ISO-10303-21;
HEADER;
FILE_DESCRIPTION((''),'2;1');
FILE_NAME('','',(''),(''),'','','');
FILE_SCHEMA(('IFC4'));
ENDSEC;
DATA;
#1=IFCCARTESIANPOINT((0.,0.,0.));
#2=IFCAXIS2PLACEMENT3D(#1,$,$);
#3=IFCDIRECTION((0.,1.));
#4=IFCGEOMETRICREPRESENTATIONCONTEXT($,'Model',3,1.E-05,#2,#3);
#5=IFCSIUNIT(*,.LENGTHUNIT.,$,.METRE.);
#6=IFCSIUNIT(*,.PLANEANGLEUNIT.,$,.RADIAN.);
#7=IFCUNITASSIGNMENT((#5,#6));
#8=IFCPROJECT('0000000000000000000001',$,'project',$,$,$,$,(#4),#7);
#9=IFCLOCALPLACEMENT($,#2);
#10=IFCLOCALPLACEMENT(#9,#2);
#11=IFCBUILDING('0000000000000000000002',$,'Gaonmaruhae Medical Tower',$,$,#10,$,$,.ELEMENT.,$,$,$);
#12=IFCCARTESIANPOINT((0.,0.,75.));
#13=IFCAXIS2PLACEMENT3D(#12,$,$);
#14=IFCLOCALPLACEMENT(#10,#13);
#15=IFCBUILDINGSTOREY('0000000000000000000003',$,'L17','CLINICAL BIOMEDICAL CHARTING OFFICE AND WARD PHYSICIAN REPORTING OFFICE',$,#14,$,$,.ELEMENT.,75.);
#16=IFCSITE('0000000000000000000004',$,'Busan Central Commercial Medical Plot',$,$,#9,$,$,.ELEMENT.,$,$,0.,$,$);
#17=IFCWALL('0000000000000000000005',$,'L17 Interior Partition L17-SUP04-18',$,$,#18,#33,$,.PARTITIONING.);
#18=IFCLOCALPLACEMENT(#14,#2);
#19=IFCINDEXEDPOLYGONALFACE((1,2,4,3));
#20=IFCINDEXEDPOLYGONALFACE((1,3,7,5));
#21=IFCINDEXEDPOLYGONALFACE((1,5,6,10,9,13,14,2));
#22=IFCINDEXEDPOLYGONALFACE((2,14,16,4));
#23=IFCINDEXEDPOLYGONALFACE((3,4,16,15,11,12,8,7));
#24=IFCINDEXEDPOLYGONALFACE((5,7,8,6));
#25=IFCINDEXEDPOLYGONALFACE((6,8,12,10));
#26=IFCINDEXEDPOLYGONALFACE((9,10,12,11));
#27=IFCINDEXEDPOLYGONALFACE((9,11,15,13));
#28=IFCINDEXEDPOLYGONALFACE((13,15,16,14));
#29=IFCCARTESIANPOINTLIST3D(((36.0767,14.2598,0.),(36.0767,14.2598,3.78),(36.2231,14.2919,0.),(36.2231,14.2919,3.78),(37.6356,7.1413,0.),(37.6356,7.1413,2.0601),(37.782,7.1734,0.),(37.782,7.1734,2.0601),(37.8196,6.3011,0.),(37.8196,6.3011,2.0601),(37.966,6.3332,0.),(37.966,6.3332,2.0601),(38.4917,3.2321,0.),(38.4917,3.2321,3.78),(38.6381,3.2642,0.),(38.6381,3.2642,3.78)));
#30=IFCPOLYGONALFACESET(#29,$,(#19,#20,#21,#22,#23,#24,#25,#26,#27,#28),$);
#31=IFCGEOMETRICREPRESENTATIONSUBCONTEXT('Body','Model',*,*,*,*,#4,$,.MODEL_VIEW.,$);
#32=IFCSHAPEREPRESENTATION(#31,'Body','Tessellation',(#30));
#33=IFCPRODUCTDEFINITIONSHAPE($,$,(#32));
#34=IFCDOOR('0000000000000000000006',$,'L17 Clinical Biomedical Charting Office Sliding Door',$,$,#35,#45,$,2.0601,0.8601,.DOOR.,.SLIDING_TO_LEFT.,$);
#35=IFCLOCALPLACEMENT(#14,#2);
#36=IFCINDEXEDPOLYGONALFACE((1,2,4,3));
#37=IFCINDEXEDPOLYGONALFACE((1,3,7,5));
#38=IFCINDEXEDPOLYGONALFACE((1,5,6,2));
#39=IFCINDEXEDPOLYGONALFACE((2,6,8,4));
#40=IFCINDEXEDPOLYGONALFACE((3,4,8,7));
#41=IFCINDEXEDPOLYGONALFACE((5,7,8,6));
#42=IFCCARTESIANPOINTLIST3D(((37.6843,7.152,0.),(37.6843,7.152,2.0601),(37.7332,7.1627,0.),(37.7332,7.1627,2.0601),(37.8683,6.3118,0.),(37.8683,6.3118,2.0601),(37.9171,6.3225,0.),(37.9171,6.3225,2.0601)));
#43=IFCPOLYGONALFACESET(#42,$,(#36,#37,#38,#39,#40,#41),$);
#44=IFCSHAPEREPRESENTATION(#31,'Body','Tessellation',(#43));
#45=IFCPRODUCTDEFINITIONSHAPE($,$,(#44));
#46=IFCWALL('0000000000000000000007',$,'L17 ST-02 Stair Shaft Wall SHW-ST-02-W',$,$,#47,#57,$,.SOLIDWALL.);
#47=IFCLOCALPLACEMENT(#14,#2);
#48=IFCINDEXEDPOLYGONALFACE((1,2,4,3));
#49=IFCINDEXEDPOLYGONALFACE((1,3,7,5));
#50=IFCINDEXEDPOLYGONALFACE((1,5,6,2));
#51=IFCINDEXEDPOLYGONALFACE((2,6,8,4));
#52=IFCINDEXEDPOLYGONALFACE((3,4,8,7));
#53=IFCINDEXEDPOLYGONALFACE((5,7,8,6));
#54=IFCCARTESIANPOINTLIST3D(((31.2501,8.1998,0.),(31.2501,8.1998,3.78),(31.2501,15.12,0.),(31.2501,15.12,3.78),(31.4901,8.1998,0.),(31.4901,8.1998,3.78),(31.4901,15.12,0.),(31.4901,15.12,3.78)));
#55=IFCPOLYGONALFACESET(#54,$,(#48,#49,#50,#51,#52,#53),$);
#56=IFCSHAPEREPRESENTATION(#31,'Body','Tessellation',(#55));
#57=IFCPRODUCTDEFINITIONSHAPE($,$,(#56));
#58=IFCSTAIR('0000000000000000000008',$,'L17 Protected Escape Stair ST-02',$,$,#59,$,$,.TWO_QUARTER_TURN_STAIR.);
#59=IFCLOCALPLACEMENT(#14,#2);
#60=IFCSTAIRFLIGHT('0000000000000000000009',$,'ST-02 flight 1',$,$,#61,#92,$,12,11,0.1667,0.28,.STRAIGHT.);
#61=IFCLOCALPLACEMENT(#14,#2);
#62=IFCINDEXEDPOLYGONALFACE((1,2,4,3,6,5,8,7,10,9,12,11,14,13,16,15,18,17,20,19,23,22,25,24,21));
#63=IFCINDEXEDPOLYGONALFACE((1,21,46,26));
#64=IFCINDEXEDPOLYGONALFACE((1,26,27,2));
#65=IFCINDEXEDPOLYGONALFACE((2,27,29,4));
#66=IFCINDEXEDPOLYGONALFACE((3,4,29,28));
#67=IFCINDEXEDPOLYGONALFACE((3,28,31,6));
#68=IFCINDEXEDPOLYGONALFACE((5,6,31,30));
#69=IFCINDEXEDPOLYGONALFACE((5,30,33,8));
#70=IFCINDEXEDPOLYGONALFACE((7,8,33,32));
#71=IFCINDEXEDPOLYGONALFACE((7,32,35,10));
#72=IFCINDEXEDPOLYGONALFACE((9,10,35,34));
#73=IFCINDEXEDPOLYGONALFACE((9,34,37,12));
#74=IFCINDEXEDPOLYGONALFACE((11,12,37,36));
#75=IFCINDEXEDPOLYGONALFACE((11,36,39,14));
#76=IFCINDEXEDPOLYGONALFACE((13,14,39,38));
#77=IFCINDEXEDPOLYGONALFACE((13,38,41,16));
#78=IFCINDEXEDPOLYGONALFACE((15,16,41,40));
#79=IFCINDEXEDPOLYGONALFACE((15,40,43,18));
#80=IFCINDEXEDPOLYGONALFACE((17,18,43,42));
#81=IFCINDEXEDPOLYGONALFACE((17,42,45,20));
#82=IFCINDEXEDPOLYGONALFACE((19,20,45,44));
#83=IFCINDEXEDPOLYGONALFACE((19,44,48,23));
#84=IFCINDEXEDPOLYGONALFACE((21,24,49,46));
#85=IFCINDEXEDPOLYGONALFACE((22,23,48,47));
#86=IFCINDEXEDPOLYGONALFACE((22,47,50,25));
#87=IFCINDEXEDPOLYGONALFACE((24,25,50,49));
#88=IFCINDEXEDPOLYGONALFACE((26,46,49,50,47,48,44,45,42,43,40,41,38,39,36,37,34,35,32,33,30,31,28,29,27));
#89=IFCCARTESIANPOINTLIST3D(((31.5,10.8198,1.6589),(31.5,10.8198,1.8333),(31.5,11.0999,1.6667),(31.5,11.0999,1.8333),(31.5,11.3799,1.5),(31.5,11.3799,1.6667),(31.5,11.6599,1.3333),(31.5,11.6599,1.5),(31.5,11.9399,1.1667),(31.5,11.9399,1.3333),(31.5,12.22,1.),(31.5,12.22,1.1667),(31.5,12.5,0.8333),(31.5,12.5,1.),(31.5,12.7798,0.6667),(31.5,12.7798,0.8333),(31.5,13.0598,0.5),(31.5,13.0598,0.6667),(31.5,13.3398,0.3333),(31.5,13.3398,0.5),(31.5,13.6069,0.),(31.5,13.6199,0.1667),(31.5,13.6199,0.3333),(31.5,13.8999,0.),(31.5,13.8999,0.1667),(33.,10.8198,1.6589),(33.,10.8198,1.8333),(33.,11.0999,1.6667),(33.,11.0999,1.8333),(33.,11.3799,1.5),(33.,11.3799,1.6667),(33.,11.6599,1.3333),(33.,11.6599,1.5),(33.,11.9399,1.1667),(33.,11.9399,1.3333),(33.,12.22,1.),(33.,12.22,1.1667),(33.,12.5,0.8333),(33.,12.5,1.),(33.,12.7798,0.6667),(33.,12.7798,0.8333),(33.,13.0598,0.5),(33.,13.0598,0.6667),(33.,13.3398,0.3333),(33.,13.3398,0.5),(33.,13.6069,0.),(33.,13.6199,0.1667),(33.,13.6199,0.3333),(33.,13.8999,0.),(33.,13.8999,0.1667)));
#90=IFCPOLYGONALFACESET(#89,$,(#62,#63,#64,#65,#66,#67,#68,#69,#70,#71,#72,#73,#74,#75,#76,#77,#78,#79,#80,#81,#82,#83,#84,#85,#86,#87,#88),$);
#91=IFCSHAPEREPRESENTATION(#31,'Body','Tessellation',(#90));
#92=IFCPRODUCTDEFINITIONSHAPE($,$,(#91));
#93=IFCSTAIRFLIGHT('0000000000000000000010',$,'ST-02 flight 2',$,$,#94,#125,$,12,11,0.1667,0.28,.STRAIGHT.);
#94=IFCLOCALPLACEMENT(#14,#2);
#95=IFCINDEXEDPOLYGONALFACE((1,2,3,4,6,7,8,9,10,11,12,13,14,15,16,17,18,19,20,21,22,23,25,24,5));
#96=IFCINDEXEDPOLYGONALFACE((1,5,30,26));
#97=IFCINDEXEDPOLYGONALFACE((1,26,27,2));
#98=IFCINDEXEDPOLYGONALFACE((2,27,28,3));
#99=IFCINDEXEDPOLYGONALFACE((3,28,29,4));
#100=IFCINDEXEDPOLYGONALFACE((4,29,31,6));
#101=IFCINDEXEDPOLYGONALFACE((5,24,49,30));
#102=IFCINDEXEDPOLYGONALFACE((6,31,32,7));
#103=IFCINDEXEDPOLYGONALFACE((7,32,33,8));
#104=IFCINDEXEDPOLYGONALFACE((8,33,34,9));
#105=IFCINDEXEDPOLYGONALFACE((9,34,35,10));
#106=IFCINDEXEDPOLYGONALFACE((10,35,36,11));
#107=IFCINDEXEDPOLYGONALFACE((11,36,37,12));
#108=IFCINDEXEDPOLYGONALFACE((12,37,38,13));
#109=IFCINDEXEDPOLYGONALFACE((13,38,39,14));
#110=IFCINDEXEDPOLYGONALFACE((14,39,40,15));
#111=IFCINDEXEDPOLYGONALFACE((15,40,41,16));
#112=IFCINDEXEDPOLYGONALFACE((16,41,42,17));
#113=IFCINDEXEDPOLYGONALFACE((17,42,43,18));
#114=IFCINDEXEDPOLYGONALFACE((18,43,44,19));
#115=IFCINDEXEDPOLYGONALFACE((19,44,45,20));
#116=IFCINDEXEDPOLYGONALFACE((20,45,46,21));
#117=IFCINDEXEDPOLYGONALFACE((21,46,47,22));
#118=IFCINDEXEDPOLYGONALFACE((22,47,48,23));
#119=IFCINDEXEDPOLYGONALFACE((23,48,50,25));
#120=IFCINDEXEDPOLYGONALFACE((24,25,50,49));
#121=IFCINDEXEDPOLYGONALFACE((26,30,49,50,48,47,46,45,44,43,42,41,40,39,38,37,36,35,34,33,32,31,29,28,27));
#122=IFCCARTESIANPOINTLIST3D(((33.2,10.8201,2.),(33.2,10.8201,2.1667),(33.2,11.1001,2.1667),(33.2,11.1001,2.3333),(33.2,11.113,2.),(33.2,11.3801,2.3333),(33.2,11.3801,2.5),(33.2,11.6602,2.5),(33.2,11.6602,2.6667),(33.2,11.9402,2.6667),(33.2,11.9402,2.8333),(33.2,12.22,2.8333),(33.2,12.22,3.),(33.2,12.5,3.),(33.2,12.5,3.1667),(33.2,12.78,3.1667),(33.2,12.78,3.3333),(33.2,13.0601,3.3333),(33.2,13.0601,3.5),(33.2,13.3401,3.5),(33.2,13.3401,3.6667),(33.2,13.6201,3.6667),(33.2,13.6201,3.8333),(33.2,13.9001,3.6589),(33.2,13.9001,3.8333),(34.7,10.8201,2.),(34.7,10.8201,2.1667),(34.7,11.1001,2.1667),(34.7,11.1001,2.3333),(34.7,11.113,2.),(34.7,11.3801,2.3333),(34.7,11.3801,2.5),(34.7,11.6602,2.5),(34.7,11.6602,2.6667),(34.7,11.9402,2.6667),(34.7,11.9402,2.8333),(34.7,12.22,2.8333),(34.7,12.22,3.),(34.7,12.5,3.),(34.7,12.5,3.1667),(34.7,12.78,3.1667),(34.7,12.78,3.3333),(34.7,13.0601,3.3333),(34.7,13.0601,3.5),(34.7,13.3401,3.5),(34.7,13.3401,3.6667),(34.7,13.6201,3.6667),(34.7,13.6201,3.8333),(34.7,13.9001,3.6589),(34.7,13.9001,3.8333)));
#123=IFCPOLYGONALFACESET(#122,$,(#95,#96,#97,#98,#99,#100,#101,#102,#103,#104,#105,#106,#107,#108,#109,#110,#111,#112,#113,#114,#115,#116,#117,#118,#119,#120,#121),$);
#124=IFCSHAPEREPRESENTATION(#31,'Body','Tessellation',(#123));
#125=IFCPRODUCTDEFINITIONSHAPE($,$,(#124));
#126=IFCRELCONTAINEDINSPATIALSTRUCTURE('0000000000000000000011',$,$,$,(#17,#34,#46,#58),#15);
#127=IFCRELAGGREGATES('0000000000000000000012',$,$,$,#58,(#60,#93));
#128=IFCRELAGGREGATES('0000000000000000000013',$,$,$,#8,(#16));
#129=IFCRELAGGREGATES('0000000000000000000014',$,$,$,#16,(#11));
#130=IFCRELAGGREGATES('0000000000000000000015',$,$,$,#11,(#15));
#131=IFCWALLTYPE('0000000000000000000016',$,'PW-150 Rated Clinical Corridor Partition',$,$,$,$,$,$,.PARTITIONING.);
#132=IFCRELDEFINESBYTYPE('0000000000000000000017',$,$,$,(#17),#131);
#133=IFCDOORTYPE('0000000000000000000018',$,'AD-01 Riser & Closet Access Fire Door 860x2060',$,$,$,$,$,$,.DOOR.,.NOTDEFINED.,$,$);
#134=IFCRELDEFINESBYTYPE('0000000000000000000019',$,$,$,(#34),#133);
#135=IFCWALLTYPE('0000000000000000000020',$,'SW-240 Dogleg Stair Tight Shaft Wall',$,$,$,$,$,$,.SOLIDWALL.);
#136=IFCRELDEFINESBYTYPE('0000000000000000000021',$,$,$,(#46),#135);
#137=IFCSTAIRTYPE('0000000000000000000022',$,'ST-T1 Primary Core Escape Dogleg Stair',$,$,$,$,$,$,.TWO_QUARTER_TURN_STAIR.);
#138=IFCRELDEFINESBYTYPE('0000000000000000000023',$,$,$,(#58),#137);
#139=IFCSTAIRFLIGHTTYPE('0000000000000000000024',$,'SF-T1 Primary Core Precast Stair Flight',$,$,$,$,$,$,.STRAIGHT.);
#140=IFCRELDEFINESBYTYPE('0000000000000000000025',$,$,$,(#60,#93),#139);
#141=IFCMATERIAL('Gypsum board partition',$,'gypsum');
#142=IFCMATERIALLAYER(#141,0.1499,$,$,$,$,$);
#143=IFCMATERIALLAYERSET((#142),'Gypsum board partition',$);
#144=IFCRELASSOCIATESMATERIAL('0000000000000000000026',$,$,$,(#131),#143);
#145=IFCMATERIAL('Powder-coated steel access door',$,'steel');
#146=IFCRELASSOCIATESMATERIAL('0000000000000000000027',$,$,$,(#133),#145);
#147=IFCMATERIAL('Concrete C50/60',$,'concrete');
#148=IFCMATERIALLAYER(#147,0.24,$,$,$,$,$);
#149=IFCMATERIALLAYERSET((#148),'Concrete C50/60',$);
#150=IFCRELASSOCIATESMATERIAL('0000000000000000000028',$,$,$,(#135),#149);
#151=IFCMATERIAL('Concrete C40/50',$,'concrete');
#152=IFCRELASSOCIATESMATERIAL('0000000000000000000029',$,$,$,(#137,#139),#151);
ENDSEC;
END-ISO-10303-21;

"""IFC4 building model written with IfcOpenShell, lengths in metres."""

from ifc_helpers import new_model, si_unit, direction, frame, frame_2d, origin, place, context, subcontext, project, spatial, polyline, rectangle, outline, extrude, material, layer, layer_set, type_object, element, fill, aggregate, save


model = new_model("IFC4")

# Units and contexts
model_context = context("Model", 3, precision=1e-05, world=origin(), true_north=direction((0.0, 1.0)))
body_context = subcontext(model_context, "Body", "Model", "MODEL_VIEW")
ifc_project = project(units=[si_unit("LENGTHUNIT", "METRE"), si_unit("PLANEANGLEUNIT", "RADIAN")], contexts=[model_context])

# Site, building, storey
site_placement = place(None, origin())
site = spatial("IfcSite", under=ifc_project, at=site_placement, Name="Busan Central Commercial Medical Plot", CompositionType="ELEMENT", RefElevation=0.0)
building_placement = place(site_placement, origin())
building = spatial("IfcBuilding", under=site, at=building_placement, Name="Gaonmaruhae Medical Tower", CompositionType="ELEMENT")
storey_placement = place(building_placement, frame((0.0, 0.0, 75.0)))
storey = spatial("IfcBuildingStorey", under=building, at=storey_placement, Name="L17", Description="CLINICAL BIOMEDICAL CHARTING OFFICE AND WARD PHYSICIAN REPORTING OFFICE", CompositionType="ELEMENT", Elevation=75.0)

# Shared definitions
ifc_material_1 = material(Name="Gypsum board partition", Category="gypsum")
ifc_layer_1 = layer(ifc_material_1, 0.1499)
ifc_layer_set_1 = layer_set([ifc_layer_1], Name="Gypsum board partition")
wall_type_1 = type_object("IfcWallType", Name="PW-150 Rated Clinical Corridor Partition", PredefinedType="PARTITIONING", material=ifc_layer_set_1)

# Wall, opening, door
wall_1_placement = place(storey_placement, frame((36.1499, 14.2759, 0.0), z_axis=(0.0, 0.0, 1.0), x_axis=(0.213925, -0.97685, 0.0)))
wall_1 = element("IfcWall", 1, at=wall_1_placement, inside=storey, type_object=wall_type_1, Name="L17 Interior Partition L17-SUP04-18", PredefinedType="PARTITIONING", context=body_context, shape_type="SweptSolid", body=[
    extrude(rectangle(XDim=11.2891, YDim=0.1499, at=frame_2d((5.6445, 0.0))), origin(), (0.0, 0.0, 1.0), 3.78),
])
opening_1_placement = place(wall_1_placement, frame((7.2871, 0.0, 0.0)))
opening_1 = element("IfcOpeningElement", 2, at=opening_1_placement, cuts=wall_1, PredefinedType="OPENING", context=body_context, shape_type="SweptSolid", body=[
    extrude(rectangle(XDim=0.8601, YDim=2.0601, at=frame_2d((0.4302, 1.03))), frame((0.0, 0.085, 0.0), z_axis=(0.0, -1.0, 0.0), x_axis=(1.0, 0.0, 0.0)), (0.0, 0.0, 1.0), 0.1699),
])
ifc_material_2 = material(Name="Powder-coated steel access door", Category="steel")
door_type_1 = type_object("IfcDoorType", Name="AD-01 Riser & Closet Access Fire Door 860x2060", OperationType="NOTDEFINED", PredefinedType="DOOR", material=ifc_material_2)
door_1_placement = place(opening_1_placement, origin())
door_1 = element("IfcDoor", 3, at=door_1_placement, inside=storey, type_object=door_type_1, Name="L17 Clinical Biomedical Charting Office Sliding Door", OperationType="SLIDING_TO_LEFT", OverallHeight=2.0601, OverallWidth=0.8601, PredefinedType="DOOR", context=body_context, shape_type="SweptSolid", body=[
    extrude(rectangle(XDim=0.8601, YDim=2.0601, at=frame_2d((0.4302, 1.03))), frame((0.0, 0.0249, 0.0), z_axis=(0.0, -1.0, 0.0), x_axis=(1.0, 0.0, 0.0)), (0.0, 0.0, 1.0), 0.05),
])
fill(opening_1, door_1)

# Wall
ifc_material_3 = material(Name="Concrete C50/60", Category="concrete")
ifc_layer_2 = layer(ifc_material_3, 0.24)
ifc_layer_set_2 = layer_set([ifc_layer_2], Name="Concrete C50/60")
wall_type_2 = type_object("IfcWallType", Name="SW-240 Dogleg Stair Tight Shaft Wall", PredefinedType="SOLIDWALL", material=ifc_layer_set_2)
wall_2_placement = place(storey_placement, frame((31.3701, 8.2, 0.0), z_axis=(0.0, 0.0, 1.0), x_axis=(0.0, 1.0, 0.0)))
element("IfcWall", 4, at=wall_2_placement, inside=storey, type_object=wall_type_2, Name="L17 ST-02 Stair Shaft Wall SHW-ST-02-W", PredefinedType="SOLIDWALL", context=body_context, shape_type="SweptSolid", body=[
    extrude(rectangle(XDim=6.9202, YDim=0.24, at=frame_2d((3.46, 0.0))), origin(), (0.0, 0.0, 1.0), 3.78),
])

# Stair, stair flights
ifc_material_4 = material(Name="Concrete C40/50", Category="concrete")
stair_type = type_object("IfcStairType", Name="ST-T1 Primary Core Escape Dogleg Stair", PredefinedType="TWO_QUARTER_TURN_STAIR", material=ifc_material_4)
stair_placement = place(storey_placement, origin())
stair = element("IfcStair", 5, at=stair_placement, inside=storey, type_object=stair_type, Name="L17 Protected Escape Stair ST-02", PredefinedType="TWO_QUARTER_TURN_STAIR")
stair_flight_type = type_object("IfcStairFlightType", Name="SF-T1 Primary Core Precast Stair Flight", PredefinedType="STRAIGHT", material=ifc_material_4)
stair_flight_1_placement = place(storey_placement, frame((32.25, 13.8999, 0.0), z_axis=(0.0, 0.0, 1.0), x_axis=(0.0, -1.0, 0.0)))
stair_flight_1 = element("IfcStairFlight", 6, at=stair_flight_1_placement, type_object=stair_flight_type, Name="ST-02 flight 1", NumberOfRisers=12, NumberOfTreads=11, PredefinedType="STRAIGHT", RiserHeight=0.1667, TreadLength=0.28, context=body_context, shape_type="SweptSolid", body=[
    extrude(outline(polyline([(0.0, 0.0), (0.0, 0.1667), (0.28, 0.1667), (0.28, 0.3333), (0.5601, 0.3333), (0.5601, 0.5), (0.8401, 0.5), (0.8401, 0.6667), (1.1201, 0.6667), (1.1201, 0.8333), (1.3999, 0.8333), (1.3999, 1.0), (1.6799, 1.0), (1.6799, 1.1667), (1.96, 1.1667), (1.96, 1.3333), (2.24, 1.3333), (2.24, 1.5), (2.52, 1.5), (2.52, 1.6667), (2.8, 1.6667), (2.8, 1.8333), (3.0801, 1.8333), (3.0801, 2.0), (3.0801, 1.6589), (0.293, 0.0), (0.0, 0.0)])), frame((0.0, 0.75, 0.0), z_axis=(0.0, -1.0, 0.0), x_axis=(1.0, 0.0, 0.0)), (0.0, 0.0, 1.0), 1.5),
])
stair_flight_2_placement = place(storey_placement, frame((33.95, 10.8201, 2.0), z_axis=(0.0, 0.0, 1.0), x_axis=(0.0, 1.0, 0.0)))
stair_flight_2 = element("IfcStairFlight", 7, at=stair_flight_2_placement, type_object=stair_flight_type, Name="ST-02 flight 2", NumberOfRisers=12, NumberOfTreads=11, PredefinedType="STRAIGHT", RiserHeight=0.1667, TreadLength=0.28, context=body_context, shape_type="SweptSolid", body=[
    extrude(outline(polyline([(0.0, 0.0), (0.0, 0.1667), (0.28, 0.1667), (0.28, 0.3333), (0.5601, 0.3333), (0.5601, 0.5), (0.8401, 0.5), (0.8401, 0.6667), (1.1201, 0.6667), (1.1201, 0.8333), (1.3999, 0.8333), (1.3999, 1.0), (1.6799, 1.0), (1.6799, 1.1667), (1.96, 1.1667), (1.96, 1.3333), (2.24, 1.3333), (2.24, 1.5), (2.52, 1.5), (2.52, 1.6667), (2.8, 1.6667), (2.8, 1.8333), (3.0801, 1.8333), (3.0801, 2.0), (3.0801, 1.6589), (0.293, 0.0), (0.0, 0.0)])), frame((0.0, 0.75, 0.0), z_axis=(0.0, -1.0, 0.0), x_axis=(1.0, 0.0, 0.0)), (0.0, 0.0, 1.0), 1.5),
])
aggregate(stair, [stair_flight_1, stair_flight_2])

save(model, "model.ifc")
